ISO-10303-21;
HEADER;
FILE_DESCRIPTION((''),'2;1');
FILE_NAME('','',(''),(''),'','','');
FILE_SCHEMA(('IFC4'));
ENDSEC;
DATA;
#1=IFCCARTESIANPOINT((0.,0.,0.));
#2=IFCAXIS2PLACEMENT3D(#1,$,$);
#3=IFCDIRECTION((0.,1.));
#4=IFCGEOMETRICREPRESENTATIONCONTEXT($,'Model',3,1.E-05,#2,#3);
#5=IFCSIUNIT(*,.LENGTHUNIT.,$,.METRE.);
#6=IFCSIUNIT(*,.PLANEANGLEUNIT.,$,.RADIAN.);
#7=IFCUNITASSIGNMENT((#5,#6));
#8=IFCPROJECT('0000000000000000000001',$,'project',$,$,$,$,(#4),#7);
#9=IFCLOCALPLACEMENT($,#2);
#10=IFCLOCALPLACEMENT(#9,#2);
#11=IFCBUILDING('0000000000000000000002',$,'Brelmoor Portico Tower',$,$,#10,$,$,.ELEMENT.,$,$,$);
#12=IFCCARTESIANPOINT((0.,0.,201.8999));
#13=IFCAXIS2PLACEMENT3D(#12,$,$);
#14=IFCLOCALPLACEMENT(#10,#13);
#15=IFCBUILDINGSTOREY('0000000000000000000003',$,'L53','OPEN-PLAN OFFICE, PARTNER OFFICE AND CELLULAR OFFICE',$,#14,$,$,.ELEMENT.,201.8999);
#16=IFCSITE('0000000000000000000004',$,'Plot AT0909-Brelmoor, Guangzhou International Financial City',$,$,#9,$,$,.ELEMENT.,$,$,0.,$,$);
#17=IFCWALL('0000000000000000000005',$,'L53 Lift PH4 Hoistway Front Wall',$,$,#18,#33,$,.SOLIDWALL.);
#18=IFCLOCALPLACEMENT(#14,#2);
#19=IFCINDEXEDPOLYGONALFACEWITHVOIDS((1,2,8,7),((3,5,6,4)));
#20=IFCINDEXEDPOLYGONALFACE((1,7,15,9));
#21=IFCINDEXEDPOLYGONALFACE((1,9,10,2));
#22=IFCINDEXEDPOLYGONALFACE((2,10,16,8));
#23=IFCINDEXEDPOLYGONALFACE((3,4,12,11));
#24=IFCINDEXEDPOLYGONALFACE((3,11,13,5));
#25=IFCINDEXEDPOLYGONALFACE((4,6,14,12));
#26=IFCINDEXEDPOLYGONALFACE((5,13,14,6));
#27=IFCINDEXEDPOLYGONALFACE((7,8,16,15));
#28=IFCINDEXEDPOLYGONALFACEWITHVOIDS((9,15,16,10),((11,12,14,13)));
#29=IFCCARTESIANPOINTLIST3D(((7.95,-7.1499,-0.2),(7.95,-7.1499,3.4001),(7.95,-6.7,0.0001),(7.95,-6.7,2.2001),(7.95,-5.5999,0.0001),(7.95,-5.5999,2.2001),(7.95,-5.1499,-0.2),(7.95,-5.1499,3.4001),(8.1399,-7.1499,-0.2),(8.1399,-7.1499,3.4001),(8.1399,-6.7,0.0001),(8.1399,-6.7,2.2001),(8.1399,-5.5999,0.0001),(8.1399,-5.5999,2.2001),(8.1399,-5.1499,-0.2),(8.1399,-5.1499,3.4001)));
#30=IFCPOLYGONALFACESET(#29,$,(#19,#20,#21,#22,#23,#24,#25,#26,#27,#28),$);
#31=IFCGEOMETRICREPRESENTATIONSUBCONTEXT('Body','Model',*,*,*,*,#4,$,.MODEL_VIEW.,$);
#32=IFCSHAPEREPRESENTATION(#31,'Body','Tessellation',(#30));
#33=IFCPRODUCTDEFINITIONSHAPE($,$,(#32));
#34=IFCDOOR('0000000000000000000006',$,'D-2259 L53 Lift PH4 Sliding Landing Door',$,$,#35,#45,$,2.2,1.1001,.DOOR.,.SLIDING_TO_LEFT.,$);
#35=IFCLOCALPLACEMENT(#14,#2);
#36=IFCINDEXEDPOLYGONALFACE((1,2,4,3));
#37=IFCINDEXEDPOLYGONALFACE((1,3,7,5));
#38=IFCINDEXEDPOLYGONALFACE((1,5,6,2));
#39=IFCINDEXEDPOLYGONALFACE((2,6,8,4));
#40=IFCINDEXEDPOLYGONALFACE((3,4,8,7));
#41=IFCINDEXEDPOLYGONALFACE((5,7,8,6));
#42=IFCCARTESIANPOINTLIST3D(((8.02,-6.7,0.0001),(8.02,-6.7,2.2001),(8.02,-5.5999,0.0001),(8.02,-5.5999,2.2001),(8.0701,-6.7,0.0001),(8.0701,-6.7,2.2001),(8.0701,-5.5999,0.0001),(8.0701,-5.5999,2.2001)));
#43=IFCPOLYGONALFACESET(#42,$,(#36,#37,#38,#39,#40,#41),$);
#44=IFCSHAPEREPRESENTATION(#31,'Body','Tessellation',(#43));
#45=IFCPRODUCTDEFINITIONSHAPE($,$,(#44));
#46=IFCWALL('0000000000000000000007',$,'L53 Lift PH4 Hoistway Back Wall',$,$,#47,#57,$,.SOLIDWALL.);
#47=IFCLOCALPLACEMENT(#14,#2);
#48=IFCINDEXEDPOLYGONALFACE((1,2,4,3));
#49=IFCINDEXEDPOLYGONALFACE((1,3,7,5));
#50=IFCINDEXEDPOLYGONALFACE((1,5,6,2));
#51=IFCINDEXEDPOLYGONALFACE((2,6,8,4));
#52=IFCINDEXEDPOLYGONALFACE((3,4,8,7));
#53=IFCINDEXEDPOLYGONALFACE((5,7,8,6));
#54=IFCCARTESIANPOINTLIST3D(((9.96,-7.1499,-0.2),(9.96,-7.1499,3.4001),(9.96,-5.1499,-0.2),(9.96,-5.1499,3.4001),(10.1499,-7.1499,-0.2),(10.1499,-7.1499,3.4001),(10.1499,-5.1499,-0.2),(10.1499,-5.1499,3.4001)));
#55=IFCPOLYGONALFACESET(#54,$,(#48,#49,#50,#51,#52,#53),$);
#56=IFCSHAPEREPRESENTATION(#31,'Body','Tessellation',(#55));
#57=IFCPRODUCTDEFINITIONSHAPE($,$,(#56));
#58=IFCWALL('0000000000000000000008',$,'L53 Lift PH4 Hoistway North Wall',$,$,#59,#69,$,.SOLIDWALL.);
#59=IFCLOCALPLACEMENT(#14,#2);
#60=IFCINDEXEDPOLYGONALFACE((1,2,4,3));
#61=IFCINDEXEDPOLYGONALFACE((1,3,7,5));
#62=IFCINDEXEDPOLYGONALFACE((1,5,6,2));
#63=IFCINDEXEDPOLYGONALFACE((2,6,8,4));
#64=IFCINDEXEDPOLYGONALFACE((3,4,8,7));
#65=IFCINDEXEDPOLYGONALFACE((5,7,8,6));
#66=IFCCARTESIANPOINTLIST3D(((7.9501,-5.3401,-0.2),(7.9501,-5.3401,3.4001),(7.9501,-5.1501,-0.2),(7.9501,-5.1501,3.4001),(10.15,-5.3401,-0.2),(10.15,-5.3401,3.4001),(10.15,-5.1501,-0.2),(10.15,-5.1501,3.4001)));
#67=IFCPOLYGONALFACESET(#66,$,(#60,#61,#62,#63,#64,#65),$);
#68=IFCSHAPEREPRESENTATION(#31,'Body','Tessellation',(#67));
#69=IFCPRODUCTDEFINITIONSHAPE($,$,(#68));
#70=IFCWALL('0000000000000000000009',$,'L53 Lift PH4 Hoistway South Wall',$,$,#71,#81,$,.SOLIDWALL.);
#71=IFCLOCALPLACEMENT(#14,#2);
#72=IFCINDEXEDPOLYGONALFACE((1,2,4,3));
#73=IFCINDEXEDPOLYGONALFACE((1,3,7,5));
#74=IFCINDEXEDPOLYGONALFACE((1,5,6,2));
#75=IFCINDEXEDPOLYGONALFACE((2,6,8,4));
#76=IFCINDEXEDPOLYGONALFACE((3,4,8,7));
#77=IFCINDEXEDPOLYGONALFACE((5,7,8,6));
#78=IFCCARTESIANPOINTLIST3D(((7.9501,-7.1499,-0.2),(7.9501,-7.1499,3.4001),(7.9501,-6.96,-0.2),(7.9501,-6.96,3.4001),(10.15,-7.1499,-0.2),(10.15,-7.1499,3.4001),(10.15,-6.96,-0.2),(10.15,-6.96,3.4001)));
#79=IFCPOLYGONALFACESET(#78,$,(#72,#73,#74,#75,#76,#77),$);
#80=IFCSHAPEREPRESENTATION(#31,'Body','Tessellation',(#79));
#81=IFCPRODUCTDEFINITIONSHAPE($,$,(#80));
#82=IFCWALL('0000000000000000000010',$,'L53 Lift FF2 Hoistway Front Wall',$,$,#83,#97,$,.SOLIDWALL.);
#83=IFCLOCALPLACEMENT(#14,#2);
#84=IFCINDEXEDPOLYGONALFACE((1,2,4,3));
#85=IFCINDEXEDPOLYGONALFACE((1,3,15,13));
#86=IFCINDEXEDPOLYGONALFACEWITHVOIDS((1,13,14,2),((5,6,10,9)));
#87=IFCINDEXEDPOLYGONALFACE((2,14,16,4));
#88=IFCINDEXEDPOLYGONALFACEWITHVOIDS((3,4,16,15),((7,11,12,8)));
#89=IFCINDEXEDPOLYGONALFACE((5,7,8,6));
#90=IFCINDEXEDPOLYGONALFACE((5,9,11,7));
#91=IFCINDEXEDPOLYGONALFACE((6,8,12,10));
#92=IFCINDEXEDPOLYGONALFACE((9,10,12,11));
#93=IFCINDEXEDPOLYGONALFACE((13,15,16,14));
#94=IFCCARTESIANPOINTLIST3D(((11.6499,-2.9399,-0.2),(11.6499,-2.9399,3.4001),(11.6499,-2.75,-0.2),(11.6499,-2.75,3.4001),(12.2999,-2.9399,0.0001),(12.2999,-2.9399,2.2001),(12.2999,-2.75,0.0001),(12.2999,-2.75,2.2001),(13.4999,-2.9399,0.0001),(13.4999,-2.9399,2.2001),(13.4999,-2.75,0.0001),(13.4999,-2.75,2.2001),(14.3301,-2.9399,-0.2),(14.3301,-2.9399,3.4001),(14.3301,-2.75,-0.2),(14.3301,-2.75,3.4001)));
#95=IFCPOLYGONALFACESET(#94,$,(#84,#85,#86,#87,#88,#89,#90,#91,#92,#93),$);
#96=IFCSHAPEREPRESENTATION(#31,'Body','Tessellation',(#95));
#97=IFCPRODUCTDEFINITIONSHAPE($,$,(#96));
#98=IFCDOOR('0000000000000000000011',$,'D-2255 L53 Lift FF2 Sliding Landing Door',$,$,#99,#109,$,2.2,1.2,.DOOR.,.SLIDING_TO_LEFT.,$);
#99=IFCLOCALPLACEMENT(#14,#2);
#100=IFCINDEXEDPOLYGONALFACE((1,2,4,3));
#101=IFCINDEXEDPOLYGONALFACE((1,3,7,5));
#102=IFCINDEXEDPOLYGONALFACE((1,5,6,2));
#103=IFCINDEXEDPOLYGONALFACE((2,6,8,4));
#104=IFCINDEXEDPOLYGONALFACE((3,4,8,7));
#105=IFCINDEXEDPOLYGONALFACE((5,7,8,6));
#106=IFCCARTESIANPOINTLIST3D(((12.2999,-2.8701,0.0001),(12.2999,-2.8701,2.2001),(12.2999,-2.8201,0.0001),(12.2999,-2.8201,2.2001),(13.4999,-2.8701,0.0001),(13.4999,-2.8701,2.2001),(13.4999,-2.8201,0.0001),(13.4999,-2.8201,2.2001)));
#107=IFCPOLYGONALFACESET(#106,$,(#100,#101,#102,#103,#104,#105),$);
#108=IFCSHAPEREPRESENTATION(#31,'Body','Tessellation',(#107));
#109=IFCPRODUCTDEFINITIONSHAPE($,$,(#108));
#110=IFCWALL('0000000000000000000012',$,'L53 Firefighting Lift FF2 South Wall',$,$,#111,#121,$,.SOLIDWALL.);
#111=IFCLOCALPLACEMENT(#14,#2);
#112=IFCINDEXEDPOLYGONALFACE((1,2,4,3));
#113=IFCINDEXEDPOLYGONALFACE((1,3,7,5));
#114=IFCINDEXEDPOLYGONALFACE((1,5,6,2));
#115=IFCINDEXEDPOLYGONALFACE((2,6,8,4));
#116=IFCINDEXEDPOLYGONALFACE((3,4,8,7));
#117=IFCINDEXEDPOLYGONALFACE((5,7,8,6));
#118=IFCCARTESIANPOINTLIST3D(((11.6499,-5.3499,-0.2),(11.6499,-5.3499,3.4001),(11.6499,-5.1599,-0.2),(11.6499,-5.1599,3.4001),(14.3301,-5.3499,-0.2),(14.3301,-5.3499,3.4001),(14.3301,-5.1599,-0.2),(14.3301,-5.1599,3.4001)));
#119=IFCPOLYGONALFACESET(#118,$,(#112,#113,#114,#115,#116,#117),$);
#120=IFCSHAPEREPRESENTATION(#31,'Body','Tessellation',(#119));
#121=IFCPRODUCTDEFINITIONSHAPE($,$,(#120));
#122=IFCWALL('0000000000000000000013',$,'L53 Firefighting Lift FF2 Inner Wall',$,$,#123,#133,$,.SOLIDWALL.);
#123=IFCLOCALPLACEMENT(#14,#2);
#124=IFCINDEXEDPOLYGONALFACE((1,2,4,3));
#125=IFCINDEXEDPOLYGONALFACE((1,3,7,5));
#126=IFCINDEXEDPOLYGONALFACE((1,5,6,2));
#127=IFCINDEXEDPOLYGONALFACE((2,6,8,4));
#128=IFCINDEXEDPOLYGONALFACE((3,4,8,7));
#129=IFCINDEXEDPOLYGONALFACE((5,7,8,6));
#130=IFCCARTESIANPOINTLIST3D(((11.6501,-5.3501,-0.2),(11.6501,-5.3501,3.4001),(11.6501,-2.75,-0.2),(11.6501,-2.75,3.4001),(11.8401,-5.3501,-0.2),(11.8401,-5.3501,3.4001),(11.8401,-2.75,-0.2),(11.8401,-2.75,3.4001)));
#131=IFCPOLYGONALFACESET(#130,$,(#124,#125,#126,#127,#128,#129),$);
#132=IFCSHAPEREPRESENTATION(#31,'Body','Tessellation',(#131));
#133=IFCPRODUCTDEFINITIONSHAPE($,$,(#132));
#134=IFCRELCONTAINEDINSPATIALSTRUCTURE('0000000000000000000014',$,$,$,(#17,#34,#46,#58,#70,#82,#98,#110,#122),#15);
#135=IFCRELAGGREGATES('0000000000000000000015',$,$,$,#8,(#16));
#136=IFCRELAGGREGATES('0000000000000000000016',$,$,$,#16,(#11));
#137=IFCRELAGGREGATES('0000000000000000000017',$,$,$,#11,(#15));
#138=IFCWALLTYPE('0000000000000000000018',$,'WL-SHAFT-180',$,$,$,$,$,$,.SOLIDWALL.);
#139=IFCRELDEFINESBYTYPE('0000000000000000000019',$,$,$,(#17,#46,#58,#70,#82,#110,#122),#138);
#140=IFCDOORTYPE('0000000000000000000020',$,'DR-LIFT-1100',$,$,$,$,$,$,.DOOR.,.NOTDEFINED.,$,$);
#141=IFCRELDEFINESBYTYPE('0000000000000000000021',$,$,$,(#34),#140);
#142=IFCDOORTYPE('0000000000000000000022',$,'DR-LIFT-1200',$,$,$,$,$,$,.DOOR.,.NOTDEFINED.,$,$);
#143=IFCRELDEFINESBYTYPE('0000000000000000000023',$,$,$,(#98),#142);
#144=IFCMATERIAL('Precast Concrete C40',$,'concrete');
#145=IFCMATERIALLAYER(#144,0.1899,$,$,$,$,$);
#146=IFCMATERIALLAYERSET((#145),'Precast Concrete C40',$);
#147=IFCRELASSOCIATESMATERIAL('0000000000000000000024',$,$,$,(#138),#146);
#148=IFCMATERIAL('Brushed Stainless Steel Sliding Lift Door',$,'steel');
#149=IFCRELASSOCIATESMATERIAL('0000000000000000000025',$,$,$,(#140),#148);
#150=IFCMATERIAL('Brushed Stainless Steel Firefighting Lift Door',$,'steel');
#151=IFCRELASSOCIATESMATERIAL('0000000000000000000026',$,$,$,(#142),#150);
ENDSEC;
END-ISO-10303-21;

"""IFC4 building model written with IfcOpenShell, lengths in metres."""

from ifc_helpers import new_model, si_unit, direction, frame, frame_2d, origin, place, context, subcontext, project, spatial, rectangle, extrude, material, layer, layer_set, type_object, element, fill, save


model = new_model("IFC4")

# Units and contexts
model_context = context("Model", 3, precision=1e-05, world=origin(), true_north=direction((0.0, 1.0)))
body_context = subcontext(model_context, "Body", "Model", "MODEL_VIEW")
ifc_project = project(units=[si_unit("LENGTHUNIT", "METRE"), si_unit("PLANEANGLEUNIT", "RADIAN")], contexts=[model_context])

# Site, building, storey
site_placement = place(None, origin())
site = spatial("IfcSite", under=ifc_project, at=site_placement, Name="Plot AT0909-Brelmoor, Guangzhou International Financial City", CompositionType="ELEMENT", RefElevation=0.0)
building_placement = place(site_placement, origin())
building = spatial("IfcBuilding", under=site, at=building_placement, Name="Brelmoor Portico Tower", CompositionType="ELEMENT")
storey_placement = place(building_placement, frame((0.0, 0.0, 201.8999)))
storey = spatial("IfcBuildingStorey", under=building, at=storey_placement, Name="L53", Description="OPEN-PLAN OFFICE, PARTNER OFFICE AND CELLULAR OFFICE", CompositionType="ELEMENT", Elevation=201.8999)

# Shared definitions
ifc_material_1 = material(Name="Precast Concrete C40", Category="concrete")
ifc_layer_1 = layer(ifc_material_1, 0.1899)
ifc_layer_set_1 = layer_set([ifc_layer_1], Name="Precast Concrete C40")
wall_type_1 = type_object("IfcWallType", Name="WL-SHAFT-180", PredefinedType="SOLIDWALL", material=ifc_layer_set_1)

# Wall, opening, door
wall_1_placement = place(storey_placement, frame((8.0449, -7.1499, -0.2), z_axis=(0.0, 0.0, 1.0), x_axis=(0.0, 1.0, 0.0)))
wall_1 = element("IfcWall", 1, at=wall_1_placement, inside=storey, type_object=wall_type_1, Name="L53 Lift PH4 Hoistway Front Wall", PredefinedType="SOLIDWALL", context=body_context, shape_type="SweptSolid", body=[
    extrude(rectangle(XDim=2.0, YDim=0.1899, at=frame_2d((1.0, 0.0))), origin(), (0.0, 0.0, 1.0), 3.6001),
])
opening_1_placement = place(wall_1_placement, frame((0.45, 0.0, 0.2)))
opening_1 = element("IfcOpeningElement", 2, at=opening_1_placement, cuts=wall_1, PredefinedType="OPENING", context=body_context, shape_type="SweptSolid", body=[
    extrude(rectangle(XDim=1.1001, YDim=2.2, at=frame_2d((0.55, 1.1001))), frame((0.0, 0.105, 0.0), z_axis=(0.0, -1.0, 0.0), x_axis=(1.0, 0.0, 0.0)), (0.0, 0.0, 1.0), 0.21),
])
ifc_material_2 = material(Name="Brushed Stainless Steel Sliding Lift Door", Category="steel")
door_type_1 = type_object("IfcDoorType", Name="DR-LIFT-1100", OperationType="NOTDEFINED", PredefinedType="DOOR", material=ifc_material_2)
door_1_placement = place(opening_1_placement, origin())
door_1 = element("IfcDoor", 3, at=door_1_placement, inside=storey, type_object=door_type_1, Name="D-2259 L53 Lift PH4 Sliding Landing Door", OperationType="SLIDING_TO_LEFT", OverallHeight=2.2, OverallWidth=1.1001, PredefinedType="DOOR", context=body_context, shape_type="SweptSolid", body=[
    extrude(rectangle(XDim=1.1001, YDim=2.2, at=frame_2d((0.55, 1.1001))), frame((0.0, 0.0249, 0.0), z_axis=(0.0, -1.0, 0.0), x_axis=(1.0, 0.0, 0.0)), (0.0, 0.0, 1.0), 0.05),
])
fill(opening_1, door_1)

# Walls
wall_2_placement = place(storey_placement, frame((10.0549, -7.1499, -0.2), z_axis=(0.0, 0.0, 1.0), x_axis=(0.0, 1.0, 0.0)))
element("IfcWall", 4, at=wall_2_placement, inside=storey, type_object=wall_type_1, Name="L53 Lift PH4 Hoistway Back Wall", PredefinedType="SOLIDWALL", context=body_context, shape_type="SweptSolid", body=[
    extrude(rectangle(XDim=2.0, YDim=0.1899, at=frame_2d((1.0, 0.0))), origin(), (0.0, 0.0, 1.0), 3.6001),
])
for number, where, z_axis, x_axis, name in (
    (5, (7.95, -5.2451, -0.2), (0.0, 0.0, 1.0), (1.0, 0.0, 0.0), "L53 Lift PH4 Hoistway North Wall"),
    (6, (7.95, -7.0549, -0.2), (0.0, 0.0, 1.0), (1.0, 0.0, 0.0), "L53 Lift PH4 Hoistway South Wall"),
):
    element("IfcWall", number, at=place(storey_placement, frame(where, z_axis=z_axis, x_axis=x_axis)), inside=storey, type_object=wall_type_1, Name=name, PredefinedType="SOLIDWALL", context=body_context, shape_type="SweptSolid", body=[
        extrude(rectangle(XDim=2.2, YDim=0.1899, at=frame_2d((1.1001, 0.0))), origin(), (0.0, 0.0, 1.0), 3.6001),
    ])

# Wall, opening, door
wall_3_placement = place(storey_placement, frame((11.6499, -2.845, -0.2), z_axis=(0.0, 0.0, 1.0), x_axis=(1.0, 0.0, 0.0)))
wall_3 = element("IfcWall", 7, at=wall_3_placement, inside=storey, type_object=wall_type_1, Name="L53 Lift FF2 Hoistway Front Wall", PredefinedType="SOLIDWALL", context=body_context, shape_type="SweptSolid", body=[
    extrude(rectangle(XDim=2.6802, YDim=0.1899, at=frame_2d((1.3401, 0.0))), origin(), (0.0, 0.0, 1.0), 3.6001),
])
opening_2_placement = place(wall_3_placement, frame((0.6499, 0.0, 0.2)))
opening_2 = element("IfcOpeningElement", 8, at=opening_2_placement, cuts=wall_3, PredefinedType="OPENING", context=body_context, shape_type="SweptSolid", body=[
    extrude(rectangle(XDim=1.2, YDim=2.2, at=frame_2d((0.6001, 1.1001))), frame((0.0, 0.105, 0.0), z_axis=(0.0, -1.0, 0.0), x_axis=(1.0, 0.0, 0.0)), (0.0, 0.0, 1.0), 0.21),
])
ifc_material_3 = material(Name="Brushed Stainless Steel Firefighting Lift Door", Category="steel")
door_type_2 = type_object("IfcDoorType", Name="DR-LIFT-1200", OperationType="NOTDEFINED", PredefinedType="DOOR", material=ifc_material_3)
door_2_placement = place(opening_2_placement, origin())
door_2 = element("IfcDoor", 9, at=door_2_placement, inside=storey, type_object=door_type_2, Name="D-2255 L53 Lift FF2 Sliding Landing Door", OperationType="SLIDING_TO_LEFT", OverallHeight=2.2, OverallWidth=1.2, PredefinedType="DOOR", context=body_context, shape_type="SweptSolid", body=[
    extrude(rectangle(XDim=1.2, YDim=2.2, at=frame_2d((0.6001, 1.1001))), frame((0.0, 0.0249, 0.0), z_axis=(0.0, -1.0, 0.0), x_axis=(1.0, 0.0, 0.0)), (0.0, 0.0, 1.0), 0.05),
])
fill(opening_2, door_2)

# Walls
wall_4_placement = place(storey_placement, frame((11.6499, -5.2549, -0.2), z_axis=(0.0, 0.0, 1.0), x_axis=(1.0, 0.0, 0.0)))
element("IfcWall", 10, at=wall_4_placement, inside=storey, type_object=wall_type_1, Name="L53 Firefighting Lift FF2 South Wall", PredefinedType="SOLIDWALL", context=body_context, shape_type="SweptSolid", body=[
    extrude(rectangle(XDim=2.6802, YDim=0.1899, at=frame_2d((1.3401, 0.0))), origin(), (0.0, 0.0, 1.0), 3.6001),
])
wall_5_placement = place(storey_placement, frame((11.7451, -5.3501, -0.2), z_axis=(0.0, 0.0, 1.0), x_axis=(0.0, 1.0, 0.0)))
element("IfcWall", 11, at=wall_5_placement, inside=storey, type_object=wall_type_1, Name="L53 Firefighting Lift FF2 Inner Wall", PredefinedType="SOLIDWALL", context=body_context, shape_type="SweptSolid", body=[
    extrude(rectangle(XDim=2.6001, YDim=0.1899, at=frame_2d((1.3, 0.0))), origin(), (0.0, 0.0, 1.0), 3.6001),
])

save(model, "model.ifc")
